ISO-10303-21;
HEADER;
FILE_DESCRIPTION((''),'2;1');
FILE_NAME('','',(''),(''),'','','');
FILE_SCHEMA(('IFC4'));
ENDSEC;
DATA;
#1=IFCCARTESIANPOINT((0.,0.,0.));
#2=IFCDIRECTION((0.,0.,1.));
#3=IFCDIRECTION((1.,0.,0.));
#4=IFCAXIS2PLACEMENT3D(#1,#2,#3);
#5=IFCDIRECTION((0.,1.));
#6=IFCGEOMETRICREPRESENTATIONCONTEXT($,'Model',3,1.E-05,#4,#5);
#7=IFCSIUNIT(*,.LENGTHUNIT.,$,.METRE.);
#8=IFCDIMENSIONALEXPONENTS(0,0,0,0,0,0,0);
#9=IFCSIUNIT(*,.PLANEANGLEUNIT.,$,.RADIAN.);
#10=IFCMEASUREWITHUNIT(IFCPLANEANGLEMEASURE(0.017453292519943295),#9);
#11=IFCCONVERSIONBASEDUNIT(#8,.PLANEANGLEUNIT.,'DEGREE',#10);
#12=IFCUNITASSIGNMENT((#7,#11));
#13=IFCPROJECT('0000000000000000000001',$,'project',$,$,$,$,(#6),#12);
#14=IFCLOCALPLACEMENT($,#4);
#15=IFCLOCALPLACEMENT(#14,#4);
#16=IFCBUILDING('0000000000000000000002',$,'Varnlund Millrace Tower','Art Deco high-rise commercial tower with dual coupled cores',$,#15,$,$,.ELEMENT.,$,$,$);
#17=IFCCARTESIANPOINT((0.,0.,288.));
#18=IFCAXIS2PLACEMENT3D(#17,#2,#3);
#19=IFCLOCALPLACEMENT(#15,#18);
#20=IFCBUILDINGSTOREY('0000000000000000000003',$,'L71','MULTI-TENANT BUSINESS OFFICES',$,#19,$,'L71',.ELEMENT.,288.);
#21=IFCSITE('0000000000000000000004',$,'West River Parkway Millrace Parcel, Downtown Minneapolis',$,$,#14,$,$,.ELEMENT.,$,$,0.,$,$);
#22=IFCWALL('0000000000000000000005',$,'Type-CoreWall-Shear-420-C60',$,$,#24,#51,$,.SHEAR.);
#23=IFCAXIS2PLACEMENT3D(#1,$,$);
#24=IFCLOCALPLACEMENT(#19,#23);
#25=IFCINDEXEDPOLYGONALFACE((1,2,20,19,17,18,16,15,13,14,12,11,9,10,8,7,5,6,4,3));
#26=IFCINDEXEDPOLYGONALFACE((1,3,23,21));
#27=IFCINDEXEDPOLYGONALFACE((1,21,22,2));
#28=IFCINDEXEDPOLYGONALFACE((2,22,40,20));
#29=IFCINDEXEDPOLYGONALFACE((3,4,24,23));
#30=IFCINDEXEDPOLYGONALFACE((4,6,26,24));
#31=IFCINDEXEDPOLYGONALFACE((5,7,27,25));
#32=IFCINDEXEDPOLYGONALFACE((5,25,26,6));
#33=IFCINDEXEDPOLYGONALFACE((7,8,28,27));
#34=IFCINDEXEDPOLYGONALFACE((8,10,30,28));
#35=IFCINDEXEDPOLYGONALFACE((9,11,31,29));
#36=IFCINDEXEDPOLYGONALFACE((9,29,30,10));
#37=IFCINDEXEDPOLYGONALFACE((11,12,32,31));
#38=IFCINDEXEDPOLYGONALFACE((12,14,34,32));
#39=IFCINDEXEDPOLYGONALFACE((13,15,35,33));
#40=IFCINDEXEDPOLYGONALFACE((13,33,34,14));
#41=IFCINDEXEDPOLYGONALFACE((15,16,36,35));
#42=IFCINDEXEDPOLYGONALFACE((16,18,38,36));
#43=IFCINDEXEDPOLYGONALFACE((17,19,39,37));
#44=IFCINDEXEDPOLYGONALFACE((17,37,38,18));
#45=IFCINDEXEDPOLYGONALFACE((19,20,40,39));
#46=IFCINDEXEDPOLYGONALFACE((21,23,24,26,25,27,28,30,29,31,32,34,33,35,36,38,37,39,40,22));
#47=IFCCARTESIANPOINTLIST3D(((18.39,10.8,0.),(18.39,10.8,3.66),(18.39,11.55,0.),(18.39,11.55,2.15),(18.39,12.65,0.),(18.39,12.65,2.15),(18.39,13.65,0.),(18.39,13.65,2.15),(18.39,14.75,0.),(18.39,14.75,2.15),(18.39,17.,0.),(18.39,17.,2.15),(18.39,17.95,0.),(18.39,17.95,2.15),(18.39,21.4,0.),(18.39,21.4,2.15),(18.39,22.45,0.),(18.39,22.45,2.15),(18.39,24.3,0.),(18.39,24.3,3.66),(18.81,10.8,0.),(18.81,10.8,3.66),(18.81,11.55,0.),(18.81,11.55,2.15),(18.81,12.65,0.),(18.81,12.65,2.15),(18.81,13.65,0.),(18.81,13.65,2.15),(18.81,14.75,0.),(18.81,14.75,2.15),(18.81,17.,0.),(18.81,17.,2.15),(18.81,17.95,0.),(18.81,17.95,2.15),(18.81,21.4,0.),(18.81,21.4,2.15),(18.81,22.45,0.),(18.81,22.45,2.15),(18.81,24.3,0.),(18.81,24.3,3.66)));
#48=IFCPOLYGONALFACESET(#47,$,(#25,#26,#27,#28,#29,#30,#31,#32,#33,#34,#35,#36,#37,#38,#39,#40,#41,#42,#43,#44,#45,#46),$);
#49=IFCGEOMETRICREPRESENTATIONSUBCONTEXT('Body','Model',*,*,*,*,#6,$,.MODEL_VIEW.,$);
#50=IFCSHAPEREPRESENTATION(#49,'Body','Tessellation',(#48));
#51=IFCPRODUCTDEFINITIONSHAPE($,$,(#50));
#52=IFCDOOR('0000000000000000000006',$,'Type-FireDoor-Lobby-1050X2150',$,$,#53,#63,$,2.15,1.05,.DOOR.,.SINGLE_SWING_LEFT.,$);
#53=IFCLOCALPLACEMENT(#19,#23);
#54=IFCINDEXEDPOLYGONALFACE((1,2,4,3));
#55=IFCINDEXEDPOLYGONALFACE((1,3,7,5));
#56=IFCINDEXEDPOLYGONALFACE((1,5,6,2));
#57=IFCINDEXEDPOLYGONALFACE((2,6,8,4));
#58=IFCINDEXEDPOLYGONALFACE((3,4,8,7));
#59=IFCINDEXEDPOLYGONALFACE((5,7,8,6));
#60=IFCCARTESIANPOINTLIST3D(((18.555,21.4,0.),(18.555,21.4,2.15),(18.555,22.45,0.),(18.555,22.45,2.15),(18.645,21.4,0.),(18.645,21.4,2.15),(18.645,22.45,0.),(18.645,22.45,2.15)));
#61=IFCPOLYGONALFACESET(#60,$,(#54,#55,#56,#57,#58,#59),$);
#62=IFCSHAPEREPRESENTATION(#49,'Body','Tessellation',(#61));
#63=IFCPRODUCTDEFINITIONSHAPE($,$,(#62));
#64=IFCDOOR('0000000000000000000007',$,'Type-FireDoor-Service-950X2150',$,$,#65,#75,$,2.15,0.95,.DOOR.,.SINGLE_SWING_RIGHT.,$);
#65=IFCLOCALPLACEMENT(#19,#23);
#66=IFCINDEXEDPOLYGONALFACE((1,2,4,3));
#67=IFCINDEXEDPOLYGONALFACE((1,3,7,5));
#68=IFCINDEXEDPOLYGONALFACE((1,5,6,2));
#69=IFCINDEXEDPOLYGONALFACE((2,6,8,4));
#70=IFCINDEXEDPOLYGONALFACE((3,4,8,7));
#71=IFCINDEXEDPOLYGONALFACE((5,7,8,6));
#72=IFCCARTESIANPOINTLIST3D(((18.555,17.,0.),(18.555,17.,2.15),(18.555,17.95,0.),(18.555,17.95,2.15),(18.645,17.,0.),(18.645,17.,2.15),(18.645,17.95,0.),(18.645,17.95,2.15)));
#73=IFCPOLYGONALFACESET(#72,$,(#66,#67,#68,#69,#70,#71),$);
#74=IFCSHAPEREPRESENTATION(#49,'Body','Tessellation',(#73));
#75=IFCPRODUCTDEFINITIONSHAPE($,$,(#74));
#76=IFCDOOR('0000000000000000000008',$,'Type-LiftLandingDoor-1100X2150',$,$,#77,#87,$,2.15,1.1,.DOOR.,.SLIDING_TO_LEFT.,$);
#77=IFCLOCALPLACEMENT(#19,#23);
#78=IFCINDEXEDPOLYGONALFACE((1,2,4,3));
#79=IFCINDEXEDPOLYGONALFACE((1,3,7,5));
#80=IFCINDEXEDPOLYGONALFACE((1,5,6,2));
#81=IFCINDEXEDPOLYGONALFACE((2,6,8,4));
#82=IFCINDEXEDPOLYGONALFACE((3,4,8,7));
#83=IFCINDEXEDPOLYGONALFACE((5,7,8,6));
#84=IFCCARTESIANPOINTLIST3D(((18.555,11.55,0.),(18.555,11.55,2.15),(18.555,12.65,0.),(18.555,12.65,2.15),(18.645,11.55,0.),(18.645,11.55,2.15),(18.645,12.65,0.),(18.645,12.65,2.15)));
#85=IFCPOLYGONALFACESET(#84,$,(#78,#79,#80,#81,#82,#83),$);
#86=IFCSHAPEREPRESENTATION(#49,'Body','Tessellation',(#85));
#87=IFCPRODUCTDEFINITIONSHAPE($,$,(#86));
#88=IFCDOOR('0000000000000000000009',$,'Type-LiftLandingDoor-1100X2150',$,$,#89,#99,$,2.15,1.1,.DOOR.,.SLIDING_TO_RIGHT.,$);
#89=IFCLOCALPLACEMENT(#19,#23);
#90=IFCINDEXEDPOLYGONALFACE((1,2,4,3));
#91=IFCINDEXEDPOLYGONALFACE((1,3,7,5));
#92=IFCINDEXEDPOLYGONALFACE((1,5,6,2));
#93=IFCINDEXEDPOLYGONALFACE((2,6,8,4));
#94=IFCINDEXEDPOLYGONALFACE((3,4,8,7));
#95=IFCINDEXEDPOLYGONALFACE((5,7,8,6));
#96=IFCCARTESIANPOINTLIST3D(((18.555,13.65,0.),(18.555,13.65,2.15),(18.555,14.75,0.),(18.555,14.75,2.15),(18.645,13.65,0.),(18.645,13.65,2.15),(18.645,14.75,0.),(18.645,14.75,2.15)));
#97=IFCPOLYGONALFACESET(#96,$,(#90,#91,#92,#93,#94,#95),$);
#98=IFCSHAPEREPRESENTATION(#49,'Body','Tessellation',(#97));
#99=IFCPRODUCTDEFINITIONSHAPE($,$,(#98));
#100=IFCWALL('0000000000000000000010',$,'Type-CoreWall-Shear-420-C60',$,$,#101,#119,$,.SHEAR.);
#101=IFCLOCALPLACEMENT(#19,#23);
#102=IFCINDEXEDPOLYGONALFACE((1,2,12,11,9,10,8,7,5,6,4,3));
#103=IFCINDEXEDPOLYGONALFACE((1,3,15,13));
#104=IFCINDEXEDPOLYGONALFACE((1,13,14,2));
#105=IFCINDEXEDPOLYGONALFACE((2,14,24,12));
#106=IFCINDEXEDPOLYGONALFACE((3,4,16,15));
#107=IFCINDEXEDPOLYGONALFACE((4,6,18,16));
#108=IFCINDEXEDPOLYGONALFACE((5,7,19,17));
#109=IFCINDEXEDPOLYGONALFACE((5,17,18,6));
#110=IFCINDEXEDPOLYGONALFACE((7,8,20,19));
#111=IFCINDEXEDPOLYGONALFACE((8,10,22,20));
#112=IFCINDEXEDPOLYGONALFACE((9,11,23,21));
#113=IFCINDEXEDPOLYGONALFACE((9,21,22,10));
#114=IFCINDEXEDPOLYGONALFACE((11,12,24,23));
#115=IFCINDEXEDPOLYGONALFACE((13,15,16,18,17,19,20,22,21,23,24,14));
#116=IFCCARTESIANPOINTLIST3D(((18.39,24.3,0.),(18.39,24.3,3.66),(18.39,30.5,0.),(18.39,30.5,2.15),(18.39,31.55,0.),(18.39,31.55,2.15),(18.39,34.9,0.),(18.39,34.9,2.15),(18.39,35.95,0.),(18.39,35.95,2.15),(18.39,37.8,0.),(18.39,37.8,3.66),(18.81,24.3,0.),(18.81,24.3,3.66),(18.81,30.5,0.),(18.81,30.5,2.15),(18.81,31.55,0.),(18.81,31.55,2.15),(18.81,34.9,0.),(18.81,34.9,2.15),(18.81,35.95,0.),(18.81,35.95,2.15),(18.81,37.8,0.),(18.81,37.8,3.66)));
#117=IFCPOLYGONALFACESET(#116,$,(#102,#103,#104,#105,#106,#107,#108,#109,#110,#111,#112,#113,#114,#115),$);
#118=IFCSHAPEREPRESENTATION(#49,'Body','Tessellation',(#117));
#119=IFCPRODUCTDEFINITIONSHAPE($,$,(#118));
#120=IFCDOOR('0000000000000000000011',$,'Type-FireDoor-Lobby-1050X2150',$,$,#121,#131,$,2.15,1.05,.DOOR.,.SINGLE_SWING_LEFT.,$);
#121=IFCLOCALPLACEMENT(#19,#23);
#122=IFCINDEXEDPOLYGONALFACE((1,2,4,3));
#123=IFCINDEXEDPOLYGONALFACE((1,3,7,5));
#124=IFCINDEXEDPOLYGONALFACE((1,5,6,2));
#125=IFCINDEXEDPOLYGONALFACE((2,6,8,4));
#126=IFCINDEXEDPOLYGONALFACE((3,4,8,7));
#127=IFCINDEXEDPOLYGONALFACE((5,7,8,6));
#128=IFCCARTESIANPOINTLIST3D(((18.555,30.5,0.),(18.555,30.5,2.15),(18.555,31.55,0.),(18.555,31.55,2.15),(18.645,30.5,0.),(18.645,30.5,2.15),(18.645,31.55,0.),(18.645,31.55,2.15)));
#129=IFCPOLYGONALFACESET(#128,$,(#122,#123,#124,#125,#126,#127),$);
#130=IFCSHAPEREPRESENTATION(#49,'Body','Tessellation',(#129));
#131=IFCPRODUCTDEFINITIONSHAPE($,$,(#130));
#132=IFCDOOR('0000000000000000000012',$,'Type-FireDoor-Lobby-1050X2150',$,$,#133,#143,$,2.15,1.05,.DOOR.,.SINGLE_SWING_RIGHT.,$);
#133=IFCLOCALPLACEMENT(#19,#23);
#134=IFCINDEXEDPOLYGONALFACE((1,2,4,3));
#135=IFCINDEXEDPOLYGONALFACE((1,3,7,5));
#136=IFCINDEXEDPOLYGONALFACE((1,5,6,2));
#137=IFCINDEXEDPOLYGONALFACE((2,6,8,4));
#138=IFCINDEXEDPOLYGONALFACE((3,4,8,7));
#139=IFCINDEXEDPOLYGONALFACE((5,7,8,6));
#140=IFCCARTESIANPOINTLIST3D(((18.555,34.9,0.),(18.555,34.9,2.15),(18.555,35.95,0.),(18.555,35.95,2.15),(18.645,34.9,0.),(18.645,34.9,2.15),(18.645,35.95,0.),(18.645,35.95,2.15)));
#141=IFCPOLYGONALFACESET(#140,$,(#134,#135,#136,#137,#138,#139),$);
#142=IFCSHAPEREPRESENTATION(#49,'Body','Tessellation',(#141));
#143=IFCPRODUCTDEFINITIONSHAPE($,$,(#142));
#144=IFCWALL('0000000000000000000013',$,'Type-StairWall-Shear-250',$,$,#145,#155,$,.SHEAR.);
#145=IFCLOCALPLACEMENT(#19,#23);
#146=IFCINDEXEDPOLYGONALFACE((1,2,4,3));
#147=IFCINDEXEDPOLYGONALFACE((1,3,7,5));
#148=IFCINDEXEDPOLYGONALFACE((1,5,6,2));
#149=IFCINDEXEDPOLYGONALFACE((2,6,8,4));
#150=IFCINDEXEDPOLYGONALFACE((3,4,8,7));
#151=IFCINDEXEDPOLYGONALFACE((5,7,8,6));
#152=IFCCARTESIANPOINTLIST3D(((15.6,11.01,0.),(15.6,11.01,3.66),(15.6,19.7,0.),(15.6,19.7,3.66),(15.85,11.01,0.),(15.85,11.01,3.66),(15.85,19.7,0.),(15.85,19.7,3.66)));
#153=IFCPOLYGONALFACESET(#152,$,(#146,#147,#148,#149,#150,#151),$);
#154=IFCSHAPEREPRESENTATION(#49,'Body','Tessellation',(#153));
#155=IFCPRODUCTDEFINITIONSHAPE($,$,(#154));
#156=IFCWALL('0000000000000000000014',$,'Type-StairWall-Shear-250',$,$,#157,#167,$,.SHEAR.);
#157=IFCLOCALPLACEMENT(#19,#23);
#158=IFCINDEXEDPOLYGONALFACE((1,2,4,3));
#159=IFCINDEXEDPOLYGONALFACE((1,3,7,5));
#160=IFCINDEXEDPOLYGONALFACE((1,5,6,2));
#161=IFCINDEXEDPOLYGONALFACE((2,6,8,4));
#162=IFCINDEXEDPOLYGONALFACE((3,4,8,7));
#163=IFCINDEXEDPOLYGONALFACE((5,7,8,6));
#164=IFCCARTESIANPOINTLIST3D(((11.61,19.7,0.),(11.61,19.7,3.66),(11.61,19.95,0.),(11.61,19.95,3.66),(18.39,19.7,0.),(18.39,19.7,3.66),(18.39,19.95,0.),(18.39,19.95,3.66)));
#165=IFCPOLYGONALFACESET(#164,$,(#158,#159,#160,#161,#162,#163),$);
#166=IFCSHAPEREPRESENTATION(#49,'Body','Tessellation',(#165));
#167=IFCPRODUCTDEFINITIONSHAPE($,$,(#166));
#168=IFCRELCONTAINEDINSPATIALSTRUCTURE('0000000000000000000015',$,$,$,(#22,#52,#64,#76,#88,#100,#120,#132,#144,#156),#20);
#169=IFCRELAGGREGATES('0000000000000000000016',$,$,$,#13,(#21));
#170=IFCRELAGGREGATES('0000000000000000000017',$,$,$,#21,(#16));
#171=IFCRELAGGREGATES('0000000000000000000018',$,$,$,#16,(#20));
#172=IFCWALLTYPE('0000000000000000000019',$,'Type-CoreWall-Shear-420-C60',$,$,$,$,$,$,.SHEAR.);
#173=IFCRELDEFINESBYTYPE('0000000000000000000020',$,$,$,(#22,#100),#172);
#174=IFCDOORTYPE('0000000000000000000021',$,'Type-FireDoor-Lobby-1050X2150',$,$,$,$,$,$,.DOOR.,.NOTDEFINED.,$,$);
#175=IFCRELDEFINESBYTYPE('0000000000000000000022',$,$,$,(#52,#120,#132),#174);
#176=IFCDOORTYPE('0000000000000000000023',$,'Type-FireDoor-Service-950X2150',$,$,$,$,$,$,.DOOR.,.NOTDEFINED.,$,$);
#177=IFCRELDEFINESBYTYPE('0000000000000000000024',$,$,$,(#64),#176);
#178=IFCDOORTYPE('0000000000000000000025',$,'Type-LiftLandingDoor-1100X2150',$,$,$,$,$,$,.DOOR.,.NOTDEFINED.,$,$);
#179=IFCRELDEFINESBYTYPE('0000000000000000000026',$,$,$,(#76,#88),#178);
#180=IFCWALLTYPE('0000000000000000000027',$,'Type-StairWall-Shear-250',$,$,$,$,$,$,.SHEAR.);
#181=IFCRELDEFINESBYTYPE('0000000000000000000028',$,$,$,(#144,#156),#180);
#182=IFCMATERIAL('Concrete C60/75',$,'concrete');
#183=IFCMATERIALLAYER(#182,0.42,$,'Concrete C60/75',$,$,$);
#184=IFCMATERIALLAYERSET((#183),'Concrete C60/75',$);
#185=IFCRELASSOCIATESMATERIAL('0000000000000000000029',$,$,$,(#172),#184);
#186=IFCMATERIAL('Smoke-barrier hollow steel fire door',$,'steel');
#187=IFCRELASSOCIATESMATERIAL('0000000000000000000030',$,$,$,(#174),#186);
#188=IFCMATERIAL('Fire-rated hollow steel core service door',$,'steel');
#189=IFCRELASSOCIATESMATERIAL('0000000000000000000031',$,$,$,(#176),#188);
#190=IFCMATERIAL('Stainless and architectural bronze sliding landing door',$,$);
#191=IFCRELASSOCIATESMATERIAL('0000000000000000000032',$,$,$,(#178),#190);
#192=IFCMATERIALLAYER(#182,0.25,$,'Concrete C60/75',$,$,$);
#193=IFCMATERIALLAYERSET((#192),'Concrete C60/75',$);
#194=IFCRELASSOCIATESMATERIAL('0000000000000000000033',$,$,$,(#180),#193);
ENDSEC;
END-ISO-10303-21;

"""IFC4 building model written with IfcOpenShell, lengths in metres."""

from ifc_helpers import new_model, entity, si_unit, converted_unit, direction, frame, origin_with_axes, origin_2d_with_axis, place, context, subcontext, project, spatial, polyline, rectangle, outline, extrude, material, layer, layer_set, type_object, element, fill, save


model = new_model("IFC4")

# Units and contexts
model_context = context("Model", 3, precision=1e-05, world=origin_with_axes(), true_north=direction((0.0, 1.0)))
body_context = subcontext(model_context, "Body", "Model", "MODEL_VIEW")
ifc_project = project(units=[si_unit("LENGTHUNIT", "METRE"), converted_unit("PLANEANGLEUNIT", "DEGREE", entity("IfcPlaneAngleMeasure", 0.017453292519943295), si_unit("PLANEANGLEUNIT", "RADIAN"), dimensions=[0, 0, 0, 0, 0, 0, 0])], contexts=[model_context])

# Site, building, storey
site_placement = place(None, origin_with_axes())
site = spatial("IfcSite", under=ifc_project, at=site_placement, Name="West River Parkway Millrace Parcel, Downtown Minneapolis", CompositionType="ELEMENT", RefElevation=0.0)
building_placement = place(site_placement, origin_with_axes())
building = spatial("IfcBuilding", under=site, at=building_placement, Name="Varnlund Millrace Tower", Description="Art Deco high-rise commercial tower with dual coupled cores", CompositionType="ELEMENT")
storey_placement = place(building_placement, frame((0.0, 0.0, 288.0), z_axis=(0.0, 0.0, 1.0), x_axis=(1.0, 0.0, 0.0)))
storey = spatial("IfcBuildingStorey", under=building, at=storey_placement, Name="L71", Description="MULTI-TENANT BUSINESS OFFICES", LongName="L71", CompositionType="ELEMENT", Elevation=288.0)

# Shared definitions
ifc_material_1 = material(Name="Concrete C60/75", Category="concrete")
ifc_layer_1 = layer(ifc_material_1, 0.42, Name="Concrete C60/75")
ifc_layer_set_1 = layer_set([ifc_layer_1], Name="Concrete C60/75")
wall_type_1 = type_object("IfcWallType", Name="Type-CoreWall-Shear-420-C60", PredefinedType="SHEAR", material=ifc_layer_set_1)

# Walls, openings, doors
wall_1_placement = place(storey_placement, frame((18.6, 10.8, 0.0), z_axis=(0.0, 0.0, 1.0), x_axis=(0.0, 1.0, 0.0)))
wall_1 = element("IfcWall", 1, at=wall_1_placement, inside=storey, type_object=wall_type_1, Name="Type-CoreWall-Shear-420-C60", PredefinedType="SHEAR", context=body_context, shape_type="SweptSolid", body=[
    extrude(outline(polyline([(0.0, -0.21), (13.5, -0.21), (13.5, 0.21), (0.0, 0.21), (0.0, -0.21)])), origin_with_axes(), (0.0, 0.0, 1.0), 3.66),
])
opening_1_placement = place(wall_1_placement, frame((1.3, 0.0, 0.0), z_axis=(0.0, 0.0, 1.0), x_axis=(1.0, 0.0, 0.0)))
opening_1 = element("IfcOpeningElement", 2, at=opening_1_placement, cuts=wall_1, PredefinedType="OPENING", context=body_context, shape_type="SweptSolid", body=[
    extrude(rectangle(XDim=1.1, YDim=0.44, at=origin_2d_with_axis()), origin_with_axes(), (0.0, 0.0, 1.0), 2.15),
])
opening_2_placement = place(wall_1_placement, frame((3.4, 0.0, 0.0), z_axis=(0.0, 0.0, 1.0), x_axis=(1.0, 0.0, 0.0)))
opening_2 = element("IfcOpeningElement", 3, at=opening_2_placement, cuts=wall_1, PredefinedType="OPENING", context=body_context, shape_type="SweptSolid", body=[
    extrude(rectangle(XDim=1.1, YDim=0.44, at=origin_2d_with_axis()), origin_with_axes(), (0.0, 0.0, 1.0), 2.15),
])
opening_3_placement = place(wall_1_placement, frame((11.125, 0.0, 0.0), z_axis=(0.0, 0.0, 1.0), x_axis=(1.0, 0.0, 0.0)))
opening_3 = element("IfcOpeningElement", 4, at=opening_3_placement, cuts=wall_1, PredefinedType="OPENING", context=body_context, shape_type="SweptSolid", body=[
    extrude(rectangle(XDim=1.05, YDim=0.44, at=origin_2d_with_axis()), origin_with_axes(), (0.0, 0.0, 1.0), 2.15),
])
opening_4_placement = place(wall_1_placement, frame((6.675, 0.0, 0.0), z_axis=(0.0, 0.0, 1.0), x_axis=(1.0, 0.0, 0.0)))
opening_4 = element("IfcOpeningElement", 5, at=opening_4_placement, cuts=wall_1, PredefinedType="OPENING", context=body_context, shape_type="SweptSolid", body=[
    extrude(rectangle(XDim=0.95, YDim=0.44, at=origin_2d_with_axis()), origin_with_axes(), (0.0, 0.0, 1.0), 2.15),
])
ifc_material_2 = material(Name="Smoke-barrier hollow steel fire door", Category="steel")
door_type_1 = type_object("IfcDoorType", Name="Type-FireDoor-Lobby-1050X2150", OperationType="NOTDEFINED", PredefinedType="DOOR", material=ifc_material_2)
door_1_placement = place(wall_1_placement, frame((11.125, 0.0, 0.0), z_axis=(0.0, 0.0, 1.0), x_axis=(1.0, 0.0, 0.0)))
door_1 = element("IfcDoor", 6, at=door_1_placement, inside=storey, type_object=door_type_1, Name="Type-FireDoor-Lobby-1050X2150", OperationType="SINGLE_SWING_LEFT", OverallHeight=2.15, OverallWidth=1.05, PredefinedType="DOOR", context=body_context, shape_type="SweptSolid", body=[
    extrude(rectangle(XDim=1.05, YDim=0.09, at=origin_2d_with_axis()), origin_with_axes(), (0.0, 0.0, 1.0), 2.15),
])
fill(opening_3, door_1)
ifc_material_3 = material(Name="Fire-rated hollow steel core service door", Category="steel")
door_type_2 = type_object("IfcDoorType", Name="Type-FireDoor-Service-950X2150", OperationType="NOTDEFINED", PredefinedType="DOOR", material=ifc_material_3)
door_2_placement = place(wall_1_placement, frame((6.675, 0.0, 0.0), z_axis=(0.0, 0.0, 1.0), x_axis=(1.0, 0.0, 0.0)))
door_2 = element("IfcDoor", 7, at=door_2_placement, inside=storey, type_object=door_type_2, Name="Type-FireDoor-Service-950X2150", OperationType="SINGLE_SWING_RIGHT", OverallHeight=2.15, OverallWidth=0.95, PredefinedType="DOOR", context=body_context, shape_type="SweptSolid", body=[
    extrude(rectangle(XDim=0.95, YDim=0.09, at=origin_2d_with_axis()), origin_with_axes(), (0.0, 0.0, 1.0), 2.15),
])
fill(opening_4, door_2)
ifc_material_4 = material(Name="Stainless and architectural bronze sliding landing door")
door_type_3 = type_object("IfcDoorType", Name="Type-LiftLandingDoor-1100X2150", OperationType="NOTDEFINED", PredefinedType="DOOR", material=ifc_material_4)
door_3_placement = place(wall_1_placement, frame((1.3, 0.0, 0.0), z_axis=(0.0, 0.0, 1.0), x_axis=(1.0, 0.0, 0.0)))
door_3 = element("IfcDoor", 8, at=door_3_placement, inside=storey, type_object=door_type_3, Name="Type-LiftLandingDoor-1100X2150", OperationType="SLIDING_TO_LEFT", OverallHeight=2.15, OverallWidth=1.1, PredefinedType="DOOR", context=body_context, shape_type="SweptSolid", body=[
    extrude(rectangle(XDim=1.1, YDim=0.09, at=origin_2d_with_axis()), origin_with_axes(), (0.0, 0.0, 1.0), 2.15),
])
fill(opening_1, door_3)
door_4_placement = place(wall_1_placement, frame((3.4, 0.0, 0.0), z_axis=(0.0, 0.0, 1.0), x_axis=(1.0, 0.0, 0.0)))
door_4 = element("IfcDoor", 9, at=door_4_placement, inside=storey, type_object=door_type_3, Name="Type-LiftLandingDoor-1100X2150", OperationType="SLIDING_TO_RIGHT", OverallHeight=2.15, OverallWidth=1.1, PredefinedType="DOOR", context=body_context, shape_type="SweptSolid", body=[
    extrude(rectangle(XDim=1.1, YDim=0.09, at=origin_2d_with_axis()), origin_with_axes(), (0.0, 0.0, 1.0), 2.15),
])
fill(opening_2, door_4)
wall_2_placement = place(storey_placement, frame((18.6, 24.3, 0.0), z_axis=(0.0, 0.0, 1.0), x_axis=(0.0, 1.0, 0.0)))
wall_2 = element("IfcWall", 10, at=wall_2_placement, inside=storey, type_object=wall_type_1, Name="Type-CoreWall-Shear-420-C60", PredefinedType="SHEAR", context=body_context, shape_type="SweptSolid", body=[
    extrude(outline(polyline([(0.0, -0.21), (13.5, -0.21), (13.5, 0.21), (0.0, 0.21), (0.0, -0.21)])), origin_with_axes(), (0.0, 0.0, 1.0), 3.66),
])
opening_5_placement = place(wall_2_placement, frame((6.725, 0.0, 0.0), z_axis=(0.0, 0.0, 1.0), x_axis=(1.0, 0.0, 0.0)))
opening_5 = element("IfcOpeningElement", 11, at=opening_5_placement, cuts=wall_2, PredefinedType="OPENING", context=body_context, shape_type="SweptSolid", body=[
    extrude(rectangle(XDim=1.05, YDim=0.44, at=origin_2d_with_axis()), origin_with_axes(), (0.0, 0.0, 1.0), 2.15),
])
opening_6_placement = place(wall_2_placement, frame((11.125, 0.0, 0.0), z_axis=(0.0, 0.0, 1.0), x_axis=(1.0, 0.0, 0.0)))
opening_6 = element("IfcOpeningElement", 12, at=opening_6_placement, cuts=wall_2, PredefinedType="OPENING", context=body_context, shape_type="SweptSolid", body=[
    extrude(rectangle(XDim=1.05, YDim=0.44, at=origin_2d_with_axis()), origin_with_axes(), (0.0, 0.0, 1.0), 2.15),
])
door_5_placement = place(wall_2_placement, frame((6.725, 0.0, 0.0), z_axis=(0.0, 0.0, 1.0), x_axis=(1.0, 0.0, 0.0)))
door_5 = element("IfcDoor", 13, at=door_5_placement, inside=storey, type_object=door_type_1, Name="Type-FireDoor-Lobby-1050X2150", OperationType="SINGLE_SWING_LEFT", OverallHeight=2.15, OverallWidth=1.05, PredefinedType="DOOR", context=body_context, shape_type="SweptSolid", body=[
    extrude(rectangle(XDim=1.05, YDim=0.09, at=origin_2d_with_axis()), origin_with_axes(), (0.0, 0.0, 1.0), 2.15),
])
fill(opening_5, door_5)
door_6_placement = place(wall_2_placement, frame((11.125, 0.0, 0.0), z_axis=(0.0, 0.0, 1.0), x_axis=(1.0, 0.0, 0.0)))
door_6 = element("IfcDoor", 14, at=door_6_placement, inside=storey, type_object=door_type_1, Name="Type-FireDoor-Lobby-1050X2150", OperationType="SINGLE_SWING_RIGHT", OverallHeight=2.15, OverallWidth=1.05, PredefinedType="DOOR", context=body_context, shape_type="SweptSolid", body=[
    extrude(rectangle(XDim=1.05, YDim=0.09, at=origin_2d_with_axis()), origin_with_axes(), (0.0, 0.0, 1.0), 2.15),
])
fill(opening_6, door_6)

# Walls
ifc_layer_2 = layer(ifc_material_1, 0.25, Name="Concrete C60/75")
ifc_layer_set_2 = layer_set([ifc_layer_2], Name="Concrete C60/75")
wall_type_2 = type_object("IfcWallType", Name="Type-StairWall-Shear-250", PredefinedType="SHEAR", material=ifc_layer_set_2)
wall_3_placement = place(storey_placement, frame((15.725, 11.01, 0.0), z_axis=(0.0, 0.0, 1.0), x_axis=(0.0, 1.0, 0.0)))
element("IfcWall", 15, at=wall_3_placement, inside=storey, type_object=wall_type_2, Name="Type-StairWall-Shear-250", PredefinedType="SHEAR", context=body_context, shape_type="SweptSolid", body=[
    extrude(outline(polyline([(0.0, -0.125), (8.69, -0.125), (8.69, 0.125), (0.0, 0.125), (0.0, -0.125)])), origin_with_axes(), (0.0, 0.0, 1.0), 3.66),
])
wall_4_placement = place(storey_placement, frame((11.61, 19.825, 0.0), z_axis=(0.0, 0.0, 1.0), x_axis=(1.0, 0.0, 0.0)))
element("IfcWall", 16, at=wall_4_placement, inside=storey, type_object=wall_type_2, Name="Type-StairWall-Shear-250", PredefinedType="SHEAR", context=body_context, shape_type="SweptSolid", body=[
    extrude(outline(polyline([(0.0, -0.125), (6.78, -0.125), (6.78, 0.125), (0.0, 0.125), (0.0, -0.125)])), origin_with_axes(), (0.0, 0.0, 1.0), 3.66),
])

save(model, "model.ifc")
